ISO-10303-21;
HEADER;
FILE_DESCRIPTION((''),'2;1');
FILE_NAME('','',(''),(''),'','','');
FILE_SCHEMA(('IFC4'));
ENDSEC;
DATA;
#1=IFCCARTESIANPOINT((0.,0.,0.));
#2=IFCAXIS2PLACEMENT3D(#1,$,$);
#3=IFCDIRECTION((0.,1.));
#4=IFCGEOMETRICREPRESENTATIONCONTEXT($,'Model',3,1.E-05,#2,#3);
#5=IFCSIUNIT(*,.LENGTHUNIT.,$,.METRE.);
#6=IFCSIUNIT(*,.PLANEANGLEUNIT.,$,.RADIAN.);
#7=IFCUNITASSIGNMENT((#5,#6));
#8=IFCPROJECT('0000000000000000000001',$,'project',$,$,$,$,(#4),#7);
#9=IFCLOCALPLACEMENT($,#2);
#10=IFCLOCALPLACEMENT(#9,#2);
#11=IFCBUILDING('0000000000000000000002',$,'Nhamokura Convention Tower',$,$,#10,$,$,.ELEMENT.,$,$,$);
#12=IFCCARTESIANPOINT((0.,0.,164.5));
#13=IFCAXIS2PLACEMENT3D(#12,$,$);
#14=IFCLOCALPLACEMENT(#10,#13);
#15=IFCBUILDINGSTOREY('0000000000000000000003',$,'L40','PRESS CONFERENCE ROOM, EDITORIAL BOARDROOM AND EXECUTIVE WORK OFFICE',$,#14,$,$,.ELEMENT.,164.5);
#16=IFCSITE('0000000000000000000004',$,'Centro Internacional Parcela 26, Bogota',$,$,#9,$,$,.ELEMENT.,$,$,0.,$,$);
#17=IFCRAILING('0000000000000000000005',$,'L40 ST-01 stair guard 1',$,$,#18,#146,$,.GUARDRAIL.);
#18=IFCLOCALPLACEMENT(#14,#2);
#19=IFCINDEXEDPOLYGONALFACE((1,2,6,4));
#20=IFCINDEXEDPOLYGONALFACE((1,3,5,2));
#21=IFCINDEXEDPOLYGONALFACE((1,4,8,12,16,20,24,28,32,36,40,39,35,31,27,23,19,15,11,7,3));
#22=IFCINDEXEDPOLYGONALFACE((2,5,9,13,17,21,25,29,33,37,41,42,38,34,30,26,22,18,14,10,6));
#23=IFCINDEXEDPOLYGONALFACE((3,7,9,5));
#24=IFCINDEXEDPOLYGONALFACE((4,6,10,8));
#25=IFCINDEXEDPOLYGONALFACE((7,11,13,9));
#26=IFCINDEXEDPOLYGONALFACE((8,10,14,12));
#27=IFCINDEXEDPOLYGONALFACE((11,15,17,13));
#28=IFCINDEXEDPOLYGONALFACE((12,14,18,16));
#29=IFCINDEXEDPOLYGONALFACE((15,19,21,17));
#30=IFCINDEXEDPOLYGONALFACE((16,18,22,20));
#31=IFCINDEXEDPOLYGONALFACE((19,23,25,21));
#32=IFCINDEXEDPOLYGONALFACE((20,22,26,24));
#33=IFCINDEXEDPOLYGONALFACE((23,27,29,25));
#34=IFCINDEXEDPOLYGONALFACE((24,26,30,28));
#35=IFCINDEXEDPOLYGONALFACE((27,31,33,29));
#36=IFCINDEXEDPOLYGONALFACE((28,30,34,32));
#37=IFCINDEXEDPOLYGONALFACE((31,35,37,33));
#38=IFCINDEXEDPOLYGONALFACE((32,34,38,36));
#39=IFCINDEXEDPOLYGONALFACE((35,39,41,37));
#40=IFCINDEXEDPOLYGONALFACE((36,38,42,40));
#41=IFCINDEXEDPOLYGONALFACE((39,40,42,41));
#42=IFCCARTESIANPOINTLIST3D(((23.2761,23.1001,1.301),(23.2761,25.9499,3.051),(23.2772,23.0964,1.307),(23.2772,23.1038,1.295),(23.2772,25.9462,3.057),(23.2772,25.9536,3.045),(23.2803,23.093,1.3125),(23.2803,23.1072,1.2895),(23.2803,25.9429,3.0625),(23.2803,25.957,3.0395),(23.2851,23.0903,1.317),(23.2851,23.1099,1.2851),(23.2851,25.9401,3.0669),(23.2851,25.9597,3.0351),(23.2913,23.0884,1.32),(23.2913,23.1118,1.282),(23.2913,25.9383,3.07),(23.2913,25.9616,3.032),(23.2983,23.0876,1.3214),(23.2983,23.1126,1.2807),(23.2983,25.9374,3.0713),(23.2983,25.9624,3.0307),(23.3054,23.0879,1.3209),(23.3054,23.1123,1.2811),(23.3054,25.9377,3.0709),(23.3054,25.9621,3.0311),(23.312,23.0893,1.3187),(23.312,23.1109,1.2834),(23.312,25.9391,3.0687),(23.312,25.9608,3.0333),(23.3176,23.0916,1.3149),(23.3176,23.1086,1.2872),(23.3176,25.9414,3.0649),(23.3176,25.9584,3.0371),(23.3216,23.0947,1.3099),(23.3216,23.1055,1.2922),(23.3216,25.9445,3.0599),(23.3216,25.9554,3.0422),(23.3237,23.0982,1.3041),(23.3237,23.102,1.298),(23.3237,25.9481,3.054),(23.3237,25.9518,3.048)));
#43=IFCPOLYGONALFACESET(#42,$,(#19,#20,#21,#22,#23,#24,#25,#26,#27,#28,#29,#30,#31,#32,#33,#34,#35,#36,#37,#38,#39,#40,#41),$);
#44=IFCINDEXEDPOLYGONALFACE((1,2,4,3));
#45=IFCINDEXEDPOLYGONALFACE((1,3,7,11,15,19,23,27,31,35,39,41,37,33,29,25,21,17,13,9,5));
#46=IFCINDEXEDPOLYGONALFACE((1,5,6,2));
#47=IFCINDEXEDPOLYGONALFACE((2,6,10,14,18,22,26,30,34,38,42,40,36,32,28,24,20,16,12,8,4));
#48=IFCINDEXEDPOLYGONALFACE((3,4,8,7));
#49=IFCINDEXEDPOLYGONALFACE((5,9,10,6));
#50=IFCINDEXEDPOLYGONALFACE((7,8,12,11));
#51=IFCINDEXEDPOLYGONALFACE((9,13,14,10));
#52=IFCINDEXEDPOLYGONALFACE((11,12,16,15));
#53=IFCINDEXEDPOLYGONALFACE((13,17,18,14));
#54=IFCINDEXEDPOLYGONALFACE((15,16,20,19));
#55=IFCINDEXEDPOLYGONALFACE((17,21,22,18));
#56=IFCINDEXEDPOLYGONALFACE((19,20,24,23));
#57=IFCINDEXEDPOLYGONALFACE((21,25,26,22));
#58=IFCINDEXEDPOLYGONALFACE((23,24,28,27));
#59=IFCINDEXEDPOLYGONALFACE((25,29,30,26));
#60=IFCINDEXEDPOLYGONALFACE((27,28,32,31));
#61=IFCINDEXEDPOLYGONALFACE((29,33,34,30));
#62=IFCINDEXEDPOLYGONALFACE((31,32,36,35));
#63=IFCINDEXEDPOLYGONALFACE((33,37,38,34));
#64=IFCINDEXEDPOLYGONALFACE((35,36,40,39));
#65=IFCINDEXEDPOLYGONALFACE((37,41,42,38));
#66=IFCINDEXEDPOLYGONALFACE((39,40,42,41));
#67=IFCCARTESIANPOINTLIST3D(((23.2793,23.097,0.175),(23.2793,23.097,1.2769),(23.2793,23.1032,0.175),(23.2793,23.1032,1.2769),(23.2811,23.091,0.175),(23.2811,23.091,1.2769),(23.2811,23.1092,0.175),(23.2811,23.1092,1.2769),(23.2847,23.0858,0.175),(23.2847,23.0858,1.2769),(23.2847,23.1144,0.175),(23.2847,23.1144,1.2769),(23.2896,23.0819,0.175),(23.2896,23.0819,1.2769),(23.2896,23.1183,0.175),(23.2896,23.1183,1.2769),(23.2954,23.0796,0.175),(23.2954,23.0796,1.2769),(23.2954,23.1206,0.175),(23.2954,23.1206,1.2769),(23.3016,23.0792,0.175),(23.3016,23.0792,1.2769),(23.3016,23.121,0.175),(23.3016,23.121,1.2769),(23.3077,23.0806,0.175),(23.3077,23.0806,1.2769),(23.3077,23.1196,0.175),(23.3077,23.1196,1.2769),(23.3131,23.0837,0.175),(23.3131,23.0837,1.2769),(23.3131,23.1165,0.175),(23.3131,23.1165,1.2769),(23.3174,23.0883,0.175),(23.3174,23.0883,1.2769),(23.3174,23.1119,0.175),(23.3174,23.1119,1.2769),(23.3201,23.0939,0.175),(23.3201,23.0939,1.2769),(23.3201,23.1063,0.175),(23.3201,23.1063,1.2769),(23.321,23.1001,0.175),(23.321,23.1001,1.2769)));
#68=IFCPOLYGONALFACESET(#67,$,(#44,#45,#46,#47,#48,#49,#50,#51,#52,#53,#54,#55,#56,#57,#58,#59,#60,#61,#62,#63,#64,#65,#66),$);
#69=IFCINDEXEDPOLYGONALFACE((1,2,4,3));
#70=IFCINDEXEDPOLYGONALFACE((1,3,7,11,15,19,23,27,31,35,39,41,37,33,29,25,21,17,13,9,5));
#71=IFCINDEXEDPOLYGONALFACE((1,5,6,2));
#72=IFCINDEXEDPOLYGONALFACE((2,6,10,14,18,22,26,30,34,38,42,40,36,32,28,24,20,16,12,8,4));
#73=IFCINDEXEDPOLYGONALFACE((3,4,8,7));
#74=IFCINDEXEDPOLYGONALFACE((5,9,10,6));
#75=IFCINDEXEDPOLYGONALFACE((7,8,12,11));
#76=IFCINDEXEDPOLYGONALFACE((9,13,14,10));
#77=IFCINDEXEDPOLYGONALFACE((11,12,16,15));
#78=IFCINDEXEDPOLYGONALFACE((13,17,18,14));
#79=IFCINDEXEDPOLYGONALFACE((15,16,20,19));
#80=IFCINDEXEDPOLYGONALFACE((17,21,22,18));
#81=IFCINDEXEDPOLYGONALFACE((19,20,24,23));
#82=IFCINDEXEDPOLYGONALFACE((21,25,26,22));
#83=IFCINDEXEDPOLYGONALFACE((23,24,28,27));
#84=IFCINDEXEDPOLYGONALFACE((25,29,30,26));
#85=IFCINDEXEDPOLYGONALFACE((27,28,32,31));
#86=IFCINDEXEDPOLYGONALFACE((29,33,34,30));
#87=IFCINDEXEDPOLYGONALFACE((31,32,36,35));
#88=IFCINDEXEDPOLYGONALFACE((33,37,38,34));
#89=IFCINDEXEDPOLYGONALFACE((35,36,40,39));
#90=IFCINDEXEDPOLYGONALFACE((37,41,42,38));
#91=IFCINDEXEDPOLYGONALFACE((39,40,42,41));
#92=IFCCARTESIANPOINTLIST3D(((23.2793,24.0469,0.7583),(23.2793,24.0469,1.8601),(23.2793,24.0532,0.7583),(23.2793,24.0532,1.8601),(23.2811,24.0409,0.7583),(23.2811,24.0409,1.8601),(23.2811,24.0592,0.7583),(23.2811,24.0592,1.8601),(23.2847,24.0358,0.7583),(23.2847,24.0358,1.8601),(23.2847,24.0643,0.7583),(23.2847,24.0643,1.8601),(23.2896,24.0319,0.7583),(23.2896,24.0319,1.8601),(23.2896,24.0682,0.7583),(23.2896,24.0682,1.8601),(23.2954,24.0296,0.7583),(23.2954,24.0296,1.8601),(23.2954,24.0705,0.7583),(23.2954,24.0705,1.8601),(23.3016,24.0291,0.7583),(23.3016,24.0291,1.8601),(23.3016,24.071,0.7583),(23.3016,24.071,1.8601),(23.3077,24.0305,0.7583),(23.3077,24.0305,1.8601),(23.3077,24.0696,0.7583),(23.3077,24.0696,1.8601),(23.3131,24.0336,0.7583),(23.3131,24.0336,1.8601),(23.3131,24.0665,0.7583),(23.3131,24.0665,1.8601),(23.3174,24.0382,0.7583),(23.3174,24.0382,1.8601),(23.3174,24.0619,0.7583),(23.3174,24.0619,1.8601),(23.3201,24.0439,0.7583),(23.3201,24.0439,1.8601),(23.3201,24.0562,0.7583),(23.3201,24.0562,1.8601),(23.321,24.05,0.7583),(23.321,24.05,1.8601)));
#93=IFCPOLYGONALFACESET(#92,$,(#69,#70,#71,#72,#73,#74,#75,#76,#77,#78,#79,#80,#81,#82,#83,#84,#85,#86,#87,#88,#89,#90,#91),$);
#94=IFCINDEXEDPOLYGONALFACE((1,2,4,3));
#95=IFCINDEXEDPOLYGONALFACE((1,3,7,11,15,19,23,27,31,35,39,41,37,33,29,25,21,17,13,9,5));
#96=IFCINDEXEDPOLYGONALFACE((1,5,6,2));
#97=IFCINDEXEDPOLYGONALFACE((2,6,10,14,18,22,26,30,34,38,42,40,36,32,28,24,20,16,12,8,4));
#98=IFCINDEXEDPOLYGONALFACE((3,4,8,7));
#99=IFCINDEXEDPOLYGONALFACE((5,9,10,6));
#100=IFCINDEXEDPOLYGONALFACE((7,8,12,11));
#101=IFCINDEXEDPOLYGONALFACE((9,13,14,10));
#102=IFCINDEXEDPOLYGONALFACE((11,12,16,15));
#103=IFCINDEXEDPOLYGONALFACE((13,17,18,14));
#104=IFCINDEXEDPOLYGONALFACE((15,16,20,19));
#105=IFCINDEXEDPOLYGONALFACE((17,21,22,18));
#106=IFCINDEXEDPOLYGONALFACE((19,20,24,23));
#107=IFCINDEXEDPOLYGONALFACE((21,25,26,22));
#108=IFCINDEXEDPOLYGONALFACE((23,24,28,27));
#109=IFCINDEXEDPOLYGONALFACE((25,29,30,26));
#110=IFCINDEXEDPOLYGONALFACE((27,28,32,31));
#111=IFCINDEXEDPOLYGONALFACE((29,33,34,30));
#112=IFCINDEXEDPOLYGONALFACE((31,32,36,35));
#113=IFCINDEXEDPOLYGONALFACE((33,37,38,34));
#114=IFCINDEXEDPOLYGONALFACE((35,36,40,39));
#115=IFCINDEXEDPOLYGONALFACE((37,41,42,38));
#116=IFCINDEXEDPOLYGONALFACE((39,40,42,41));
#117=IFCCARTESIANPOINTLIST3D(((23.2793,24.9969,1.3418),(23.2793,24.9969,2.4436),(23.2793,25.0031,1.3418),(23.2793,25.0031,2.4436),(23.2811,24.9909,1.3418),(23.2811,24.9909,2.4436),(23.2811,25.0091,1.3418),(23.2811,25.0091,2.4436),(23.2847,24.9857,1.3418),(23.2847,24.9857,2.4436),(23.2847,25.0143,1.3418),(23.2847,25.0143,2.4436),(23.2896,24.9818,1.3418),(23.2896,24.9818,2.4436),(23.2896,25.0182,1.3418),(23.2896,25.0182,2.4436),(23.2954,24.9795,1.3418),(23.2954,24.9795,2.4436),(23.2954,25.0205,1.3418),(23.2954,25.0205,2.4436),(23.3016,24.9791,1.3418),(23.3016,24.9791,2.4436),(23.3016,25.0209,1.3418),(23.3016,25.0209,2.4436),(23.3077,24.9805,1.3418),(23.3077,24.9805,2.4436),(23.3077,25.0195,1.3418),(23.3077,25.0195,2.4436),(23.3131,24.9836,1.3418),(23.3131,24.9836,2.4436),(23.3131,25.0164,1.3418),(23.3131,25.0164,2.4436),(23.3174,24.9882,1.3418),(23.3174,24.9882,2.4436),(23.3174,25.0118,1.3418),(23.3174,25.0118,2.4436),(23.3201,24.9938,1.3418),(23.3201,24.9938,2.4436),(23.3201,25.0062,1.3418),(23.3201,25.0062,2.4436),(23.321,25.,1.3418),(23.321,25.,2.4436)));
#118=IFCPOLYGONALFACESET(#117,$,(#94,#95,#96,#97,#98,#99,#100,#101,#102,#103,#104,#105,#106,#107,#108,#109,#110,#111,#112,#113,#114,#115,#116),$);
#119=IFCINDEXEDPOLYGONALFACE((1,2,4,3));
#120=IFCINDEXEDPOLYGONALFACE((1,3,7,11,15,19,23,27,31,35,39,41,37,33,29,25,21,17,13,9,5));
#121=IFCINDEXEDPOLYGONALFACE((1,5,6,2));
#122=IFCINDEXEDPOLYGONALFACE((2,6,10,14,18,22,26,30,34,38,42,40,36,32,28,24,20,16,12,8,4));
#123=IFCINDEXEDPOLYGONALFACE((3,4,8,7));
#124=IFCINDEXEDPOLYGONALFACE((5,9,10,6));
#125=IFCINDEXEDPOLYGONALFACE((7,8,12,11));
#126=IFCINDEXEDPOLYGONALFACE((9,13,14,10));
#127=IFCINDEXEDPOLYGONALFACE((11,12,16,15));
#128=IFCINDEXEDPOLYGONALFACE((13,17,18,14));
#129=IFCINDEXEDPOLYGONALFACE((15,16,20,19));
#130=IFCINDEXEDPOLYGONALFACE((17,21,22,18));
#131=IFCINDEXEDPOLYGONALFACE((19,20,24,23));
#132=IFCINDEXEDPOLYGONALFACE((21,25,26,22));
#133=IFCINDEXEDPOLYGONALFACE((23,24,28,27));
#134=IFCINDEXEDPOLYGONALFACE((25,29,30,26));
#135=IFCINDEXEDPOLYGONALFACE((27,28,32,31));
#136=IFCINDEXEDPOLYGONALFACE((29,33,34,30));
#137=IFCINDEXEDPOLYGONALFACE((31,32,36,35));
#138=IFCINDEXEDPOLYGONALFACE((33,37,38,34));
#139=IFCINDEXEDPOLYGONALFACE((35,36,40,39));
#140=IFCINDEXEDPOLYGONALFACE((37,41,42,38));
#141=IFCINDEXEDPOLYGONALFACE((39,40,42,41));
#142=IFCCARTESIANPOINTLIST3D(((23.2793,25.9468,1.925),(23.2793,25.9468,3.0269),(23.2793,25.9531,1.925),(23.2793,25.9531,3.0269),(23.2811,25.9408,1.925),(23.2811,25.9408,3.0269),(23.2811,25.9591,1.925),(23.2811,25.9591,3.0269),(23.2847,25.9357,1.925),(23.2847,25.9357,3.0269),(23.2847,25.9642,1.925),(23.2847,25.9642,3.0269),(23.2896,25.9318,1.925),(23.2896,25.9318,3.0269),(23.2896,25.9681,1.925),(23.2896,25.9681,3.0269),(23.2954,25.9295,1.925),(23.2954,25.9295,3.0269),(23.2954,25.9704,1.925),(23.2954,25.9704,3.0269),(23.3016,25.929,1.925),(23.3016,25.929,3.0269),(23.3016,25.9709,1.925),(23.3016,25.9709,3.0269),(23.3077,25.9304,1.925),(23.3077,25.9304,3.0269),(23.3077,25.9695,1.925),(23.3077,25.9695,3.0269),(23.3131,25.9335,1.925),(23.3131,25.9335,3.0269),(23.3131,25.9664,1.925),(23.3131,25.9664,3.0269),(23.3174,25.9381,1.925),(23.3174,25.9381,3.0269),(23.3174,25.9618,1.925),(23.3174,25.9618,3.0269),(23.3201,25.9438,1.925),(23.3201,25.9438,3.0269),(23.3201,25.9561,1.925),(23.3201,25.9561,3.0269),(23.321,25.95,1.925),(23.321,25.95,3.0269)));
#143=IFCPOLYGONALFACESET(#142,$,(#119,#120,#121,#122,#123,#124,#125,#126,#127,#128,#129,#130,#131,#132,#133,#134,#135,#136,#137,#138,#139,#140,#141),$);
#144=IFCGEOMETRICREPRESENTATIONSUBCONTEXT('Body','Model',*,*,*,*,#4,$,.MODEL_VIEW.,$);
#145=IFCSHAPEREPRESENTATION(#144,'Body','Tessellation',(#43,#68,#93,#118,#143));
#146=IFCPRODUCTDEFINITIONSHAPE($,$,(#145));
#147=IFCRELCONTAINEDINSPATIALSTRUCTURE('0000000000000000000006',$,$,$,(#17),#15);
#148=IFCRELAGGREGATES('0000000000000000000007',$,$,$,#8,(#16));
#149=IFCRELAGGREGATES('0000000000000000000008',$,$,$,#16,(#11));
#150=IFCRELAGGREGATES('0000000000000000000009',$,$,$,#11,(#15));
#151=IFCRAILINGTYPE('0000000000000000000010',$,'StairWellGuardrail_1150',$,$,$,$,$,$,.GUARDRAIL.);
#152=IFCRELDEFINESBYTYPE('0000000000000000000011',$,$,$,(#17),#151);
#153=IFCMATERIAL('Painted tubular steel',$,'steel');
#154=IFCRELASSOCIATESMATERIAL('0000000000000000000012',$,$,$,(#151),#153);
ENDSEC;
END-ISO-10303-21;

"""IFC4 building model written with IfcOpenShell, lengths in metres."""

from ifc_helpers import new_model, si_unit, direction, frame, origin, origin_2d, place, context, subcontext, project, spatial, circle, extrude, material, type_object, element, save


model = new_model("IFC4")

# Units and contexts
model_context = context("Model", 3, precision=1e-05, world=origin(), true_north=direction((0.0, 1.0)))
body_context = subcontext(model_context, "Body", "Model", "MODEL_VIEW")
ifc_project = project(units=[si_unit("LENGTHUNIT", "METRE"), si_unit("PLANEANGLEUNIT", "RADIAN")], contexts=[model_context])

# Site, building, storey
site_placement = place(None, origin())
site = spatial("IfcSite", under=ifc_project, at=site_placement, Name="Centro Internacional Parcela 26, Bogota", CompositionType="ELEMENT", RefElevation=0.0)
building_placement = place(site_placement, origin())
building = spatial("IfcBuilding", under=site, at=building_placement, Name="Nhamokura Convention Tower", CompositionType="ELEMENT")
storey_placement = place(building_placement, frame((0.0, 0.0, 164.5)))
storey = spatial("IfcBuildingStorey", under=building, at=storey_placement, Name="L40", Description="PRESS CONFERENCE ROOM, EDITORIAL BOARDROOM AND EXECUTIVE WORK OFFICE", CompositionType="ELEMENT", Elevation=164.5)

# Railing
ifc_material_1 = material(Name="Painted tubular steel", Category="steel")
railing_type_1 = type_object("IfcRailingType", Name="StairWellGuardrail_1150", PredefinedType="GUARDRAIL", material=ifc_material_1)
railing_1_placement = place(storey_placement, frame((23.3, 23.1001, 0.175)))
element("IfcRailing", 1, at=railing_1_placement, inside=storey, type_object=railing_type_1, Name="L40 ST-01 stair guard 1", PredefinedType="GUARDRAIL", context=body_context, shape_type="SweptSolid", body=[
    extrude(circle(Radius=0.0239, at=origin_2d()), frame((0.0, 0.0, 1.126), z_axis=(0.0, 0.852159, 0.523283), x_axis=(-1.0, 0.0, 0.0)), (0.0, 0.0, 1.0), 3.3442),
    extrude(circle(Radius=0.021, at=origin_2d()), origin(), (0.0, 0.0, 1.0), 1.1018),
    extrude(circle(Radius=0.021, at=origin_2d()), frame((0.0, 0.95, 0.5833)), (0.0, 0.0, 1.0), 1.1018),
    extrude(circle(Radius=0.021, at=origin_2d()), frame((0.0, 1.8999, 1.1667)), (0.0, 0.0, 1.0), 1.1018),
    extrude(circle(Radius=0.021, at=origin_2d()), frame((0.0, 2.8499, 1.75)), (0.0, 0.0, 1.0), 1.1018),
])

save(model, "model.ifc")
